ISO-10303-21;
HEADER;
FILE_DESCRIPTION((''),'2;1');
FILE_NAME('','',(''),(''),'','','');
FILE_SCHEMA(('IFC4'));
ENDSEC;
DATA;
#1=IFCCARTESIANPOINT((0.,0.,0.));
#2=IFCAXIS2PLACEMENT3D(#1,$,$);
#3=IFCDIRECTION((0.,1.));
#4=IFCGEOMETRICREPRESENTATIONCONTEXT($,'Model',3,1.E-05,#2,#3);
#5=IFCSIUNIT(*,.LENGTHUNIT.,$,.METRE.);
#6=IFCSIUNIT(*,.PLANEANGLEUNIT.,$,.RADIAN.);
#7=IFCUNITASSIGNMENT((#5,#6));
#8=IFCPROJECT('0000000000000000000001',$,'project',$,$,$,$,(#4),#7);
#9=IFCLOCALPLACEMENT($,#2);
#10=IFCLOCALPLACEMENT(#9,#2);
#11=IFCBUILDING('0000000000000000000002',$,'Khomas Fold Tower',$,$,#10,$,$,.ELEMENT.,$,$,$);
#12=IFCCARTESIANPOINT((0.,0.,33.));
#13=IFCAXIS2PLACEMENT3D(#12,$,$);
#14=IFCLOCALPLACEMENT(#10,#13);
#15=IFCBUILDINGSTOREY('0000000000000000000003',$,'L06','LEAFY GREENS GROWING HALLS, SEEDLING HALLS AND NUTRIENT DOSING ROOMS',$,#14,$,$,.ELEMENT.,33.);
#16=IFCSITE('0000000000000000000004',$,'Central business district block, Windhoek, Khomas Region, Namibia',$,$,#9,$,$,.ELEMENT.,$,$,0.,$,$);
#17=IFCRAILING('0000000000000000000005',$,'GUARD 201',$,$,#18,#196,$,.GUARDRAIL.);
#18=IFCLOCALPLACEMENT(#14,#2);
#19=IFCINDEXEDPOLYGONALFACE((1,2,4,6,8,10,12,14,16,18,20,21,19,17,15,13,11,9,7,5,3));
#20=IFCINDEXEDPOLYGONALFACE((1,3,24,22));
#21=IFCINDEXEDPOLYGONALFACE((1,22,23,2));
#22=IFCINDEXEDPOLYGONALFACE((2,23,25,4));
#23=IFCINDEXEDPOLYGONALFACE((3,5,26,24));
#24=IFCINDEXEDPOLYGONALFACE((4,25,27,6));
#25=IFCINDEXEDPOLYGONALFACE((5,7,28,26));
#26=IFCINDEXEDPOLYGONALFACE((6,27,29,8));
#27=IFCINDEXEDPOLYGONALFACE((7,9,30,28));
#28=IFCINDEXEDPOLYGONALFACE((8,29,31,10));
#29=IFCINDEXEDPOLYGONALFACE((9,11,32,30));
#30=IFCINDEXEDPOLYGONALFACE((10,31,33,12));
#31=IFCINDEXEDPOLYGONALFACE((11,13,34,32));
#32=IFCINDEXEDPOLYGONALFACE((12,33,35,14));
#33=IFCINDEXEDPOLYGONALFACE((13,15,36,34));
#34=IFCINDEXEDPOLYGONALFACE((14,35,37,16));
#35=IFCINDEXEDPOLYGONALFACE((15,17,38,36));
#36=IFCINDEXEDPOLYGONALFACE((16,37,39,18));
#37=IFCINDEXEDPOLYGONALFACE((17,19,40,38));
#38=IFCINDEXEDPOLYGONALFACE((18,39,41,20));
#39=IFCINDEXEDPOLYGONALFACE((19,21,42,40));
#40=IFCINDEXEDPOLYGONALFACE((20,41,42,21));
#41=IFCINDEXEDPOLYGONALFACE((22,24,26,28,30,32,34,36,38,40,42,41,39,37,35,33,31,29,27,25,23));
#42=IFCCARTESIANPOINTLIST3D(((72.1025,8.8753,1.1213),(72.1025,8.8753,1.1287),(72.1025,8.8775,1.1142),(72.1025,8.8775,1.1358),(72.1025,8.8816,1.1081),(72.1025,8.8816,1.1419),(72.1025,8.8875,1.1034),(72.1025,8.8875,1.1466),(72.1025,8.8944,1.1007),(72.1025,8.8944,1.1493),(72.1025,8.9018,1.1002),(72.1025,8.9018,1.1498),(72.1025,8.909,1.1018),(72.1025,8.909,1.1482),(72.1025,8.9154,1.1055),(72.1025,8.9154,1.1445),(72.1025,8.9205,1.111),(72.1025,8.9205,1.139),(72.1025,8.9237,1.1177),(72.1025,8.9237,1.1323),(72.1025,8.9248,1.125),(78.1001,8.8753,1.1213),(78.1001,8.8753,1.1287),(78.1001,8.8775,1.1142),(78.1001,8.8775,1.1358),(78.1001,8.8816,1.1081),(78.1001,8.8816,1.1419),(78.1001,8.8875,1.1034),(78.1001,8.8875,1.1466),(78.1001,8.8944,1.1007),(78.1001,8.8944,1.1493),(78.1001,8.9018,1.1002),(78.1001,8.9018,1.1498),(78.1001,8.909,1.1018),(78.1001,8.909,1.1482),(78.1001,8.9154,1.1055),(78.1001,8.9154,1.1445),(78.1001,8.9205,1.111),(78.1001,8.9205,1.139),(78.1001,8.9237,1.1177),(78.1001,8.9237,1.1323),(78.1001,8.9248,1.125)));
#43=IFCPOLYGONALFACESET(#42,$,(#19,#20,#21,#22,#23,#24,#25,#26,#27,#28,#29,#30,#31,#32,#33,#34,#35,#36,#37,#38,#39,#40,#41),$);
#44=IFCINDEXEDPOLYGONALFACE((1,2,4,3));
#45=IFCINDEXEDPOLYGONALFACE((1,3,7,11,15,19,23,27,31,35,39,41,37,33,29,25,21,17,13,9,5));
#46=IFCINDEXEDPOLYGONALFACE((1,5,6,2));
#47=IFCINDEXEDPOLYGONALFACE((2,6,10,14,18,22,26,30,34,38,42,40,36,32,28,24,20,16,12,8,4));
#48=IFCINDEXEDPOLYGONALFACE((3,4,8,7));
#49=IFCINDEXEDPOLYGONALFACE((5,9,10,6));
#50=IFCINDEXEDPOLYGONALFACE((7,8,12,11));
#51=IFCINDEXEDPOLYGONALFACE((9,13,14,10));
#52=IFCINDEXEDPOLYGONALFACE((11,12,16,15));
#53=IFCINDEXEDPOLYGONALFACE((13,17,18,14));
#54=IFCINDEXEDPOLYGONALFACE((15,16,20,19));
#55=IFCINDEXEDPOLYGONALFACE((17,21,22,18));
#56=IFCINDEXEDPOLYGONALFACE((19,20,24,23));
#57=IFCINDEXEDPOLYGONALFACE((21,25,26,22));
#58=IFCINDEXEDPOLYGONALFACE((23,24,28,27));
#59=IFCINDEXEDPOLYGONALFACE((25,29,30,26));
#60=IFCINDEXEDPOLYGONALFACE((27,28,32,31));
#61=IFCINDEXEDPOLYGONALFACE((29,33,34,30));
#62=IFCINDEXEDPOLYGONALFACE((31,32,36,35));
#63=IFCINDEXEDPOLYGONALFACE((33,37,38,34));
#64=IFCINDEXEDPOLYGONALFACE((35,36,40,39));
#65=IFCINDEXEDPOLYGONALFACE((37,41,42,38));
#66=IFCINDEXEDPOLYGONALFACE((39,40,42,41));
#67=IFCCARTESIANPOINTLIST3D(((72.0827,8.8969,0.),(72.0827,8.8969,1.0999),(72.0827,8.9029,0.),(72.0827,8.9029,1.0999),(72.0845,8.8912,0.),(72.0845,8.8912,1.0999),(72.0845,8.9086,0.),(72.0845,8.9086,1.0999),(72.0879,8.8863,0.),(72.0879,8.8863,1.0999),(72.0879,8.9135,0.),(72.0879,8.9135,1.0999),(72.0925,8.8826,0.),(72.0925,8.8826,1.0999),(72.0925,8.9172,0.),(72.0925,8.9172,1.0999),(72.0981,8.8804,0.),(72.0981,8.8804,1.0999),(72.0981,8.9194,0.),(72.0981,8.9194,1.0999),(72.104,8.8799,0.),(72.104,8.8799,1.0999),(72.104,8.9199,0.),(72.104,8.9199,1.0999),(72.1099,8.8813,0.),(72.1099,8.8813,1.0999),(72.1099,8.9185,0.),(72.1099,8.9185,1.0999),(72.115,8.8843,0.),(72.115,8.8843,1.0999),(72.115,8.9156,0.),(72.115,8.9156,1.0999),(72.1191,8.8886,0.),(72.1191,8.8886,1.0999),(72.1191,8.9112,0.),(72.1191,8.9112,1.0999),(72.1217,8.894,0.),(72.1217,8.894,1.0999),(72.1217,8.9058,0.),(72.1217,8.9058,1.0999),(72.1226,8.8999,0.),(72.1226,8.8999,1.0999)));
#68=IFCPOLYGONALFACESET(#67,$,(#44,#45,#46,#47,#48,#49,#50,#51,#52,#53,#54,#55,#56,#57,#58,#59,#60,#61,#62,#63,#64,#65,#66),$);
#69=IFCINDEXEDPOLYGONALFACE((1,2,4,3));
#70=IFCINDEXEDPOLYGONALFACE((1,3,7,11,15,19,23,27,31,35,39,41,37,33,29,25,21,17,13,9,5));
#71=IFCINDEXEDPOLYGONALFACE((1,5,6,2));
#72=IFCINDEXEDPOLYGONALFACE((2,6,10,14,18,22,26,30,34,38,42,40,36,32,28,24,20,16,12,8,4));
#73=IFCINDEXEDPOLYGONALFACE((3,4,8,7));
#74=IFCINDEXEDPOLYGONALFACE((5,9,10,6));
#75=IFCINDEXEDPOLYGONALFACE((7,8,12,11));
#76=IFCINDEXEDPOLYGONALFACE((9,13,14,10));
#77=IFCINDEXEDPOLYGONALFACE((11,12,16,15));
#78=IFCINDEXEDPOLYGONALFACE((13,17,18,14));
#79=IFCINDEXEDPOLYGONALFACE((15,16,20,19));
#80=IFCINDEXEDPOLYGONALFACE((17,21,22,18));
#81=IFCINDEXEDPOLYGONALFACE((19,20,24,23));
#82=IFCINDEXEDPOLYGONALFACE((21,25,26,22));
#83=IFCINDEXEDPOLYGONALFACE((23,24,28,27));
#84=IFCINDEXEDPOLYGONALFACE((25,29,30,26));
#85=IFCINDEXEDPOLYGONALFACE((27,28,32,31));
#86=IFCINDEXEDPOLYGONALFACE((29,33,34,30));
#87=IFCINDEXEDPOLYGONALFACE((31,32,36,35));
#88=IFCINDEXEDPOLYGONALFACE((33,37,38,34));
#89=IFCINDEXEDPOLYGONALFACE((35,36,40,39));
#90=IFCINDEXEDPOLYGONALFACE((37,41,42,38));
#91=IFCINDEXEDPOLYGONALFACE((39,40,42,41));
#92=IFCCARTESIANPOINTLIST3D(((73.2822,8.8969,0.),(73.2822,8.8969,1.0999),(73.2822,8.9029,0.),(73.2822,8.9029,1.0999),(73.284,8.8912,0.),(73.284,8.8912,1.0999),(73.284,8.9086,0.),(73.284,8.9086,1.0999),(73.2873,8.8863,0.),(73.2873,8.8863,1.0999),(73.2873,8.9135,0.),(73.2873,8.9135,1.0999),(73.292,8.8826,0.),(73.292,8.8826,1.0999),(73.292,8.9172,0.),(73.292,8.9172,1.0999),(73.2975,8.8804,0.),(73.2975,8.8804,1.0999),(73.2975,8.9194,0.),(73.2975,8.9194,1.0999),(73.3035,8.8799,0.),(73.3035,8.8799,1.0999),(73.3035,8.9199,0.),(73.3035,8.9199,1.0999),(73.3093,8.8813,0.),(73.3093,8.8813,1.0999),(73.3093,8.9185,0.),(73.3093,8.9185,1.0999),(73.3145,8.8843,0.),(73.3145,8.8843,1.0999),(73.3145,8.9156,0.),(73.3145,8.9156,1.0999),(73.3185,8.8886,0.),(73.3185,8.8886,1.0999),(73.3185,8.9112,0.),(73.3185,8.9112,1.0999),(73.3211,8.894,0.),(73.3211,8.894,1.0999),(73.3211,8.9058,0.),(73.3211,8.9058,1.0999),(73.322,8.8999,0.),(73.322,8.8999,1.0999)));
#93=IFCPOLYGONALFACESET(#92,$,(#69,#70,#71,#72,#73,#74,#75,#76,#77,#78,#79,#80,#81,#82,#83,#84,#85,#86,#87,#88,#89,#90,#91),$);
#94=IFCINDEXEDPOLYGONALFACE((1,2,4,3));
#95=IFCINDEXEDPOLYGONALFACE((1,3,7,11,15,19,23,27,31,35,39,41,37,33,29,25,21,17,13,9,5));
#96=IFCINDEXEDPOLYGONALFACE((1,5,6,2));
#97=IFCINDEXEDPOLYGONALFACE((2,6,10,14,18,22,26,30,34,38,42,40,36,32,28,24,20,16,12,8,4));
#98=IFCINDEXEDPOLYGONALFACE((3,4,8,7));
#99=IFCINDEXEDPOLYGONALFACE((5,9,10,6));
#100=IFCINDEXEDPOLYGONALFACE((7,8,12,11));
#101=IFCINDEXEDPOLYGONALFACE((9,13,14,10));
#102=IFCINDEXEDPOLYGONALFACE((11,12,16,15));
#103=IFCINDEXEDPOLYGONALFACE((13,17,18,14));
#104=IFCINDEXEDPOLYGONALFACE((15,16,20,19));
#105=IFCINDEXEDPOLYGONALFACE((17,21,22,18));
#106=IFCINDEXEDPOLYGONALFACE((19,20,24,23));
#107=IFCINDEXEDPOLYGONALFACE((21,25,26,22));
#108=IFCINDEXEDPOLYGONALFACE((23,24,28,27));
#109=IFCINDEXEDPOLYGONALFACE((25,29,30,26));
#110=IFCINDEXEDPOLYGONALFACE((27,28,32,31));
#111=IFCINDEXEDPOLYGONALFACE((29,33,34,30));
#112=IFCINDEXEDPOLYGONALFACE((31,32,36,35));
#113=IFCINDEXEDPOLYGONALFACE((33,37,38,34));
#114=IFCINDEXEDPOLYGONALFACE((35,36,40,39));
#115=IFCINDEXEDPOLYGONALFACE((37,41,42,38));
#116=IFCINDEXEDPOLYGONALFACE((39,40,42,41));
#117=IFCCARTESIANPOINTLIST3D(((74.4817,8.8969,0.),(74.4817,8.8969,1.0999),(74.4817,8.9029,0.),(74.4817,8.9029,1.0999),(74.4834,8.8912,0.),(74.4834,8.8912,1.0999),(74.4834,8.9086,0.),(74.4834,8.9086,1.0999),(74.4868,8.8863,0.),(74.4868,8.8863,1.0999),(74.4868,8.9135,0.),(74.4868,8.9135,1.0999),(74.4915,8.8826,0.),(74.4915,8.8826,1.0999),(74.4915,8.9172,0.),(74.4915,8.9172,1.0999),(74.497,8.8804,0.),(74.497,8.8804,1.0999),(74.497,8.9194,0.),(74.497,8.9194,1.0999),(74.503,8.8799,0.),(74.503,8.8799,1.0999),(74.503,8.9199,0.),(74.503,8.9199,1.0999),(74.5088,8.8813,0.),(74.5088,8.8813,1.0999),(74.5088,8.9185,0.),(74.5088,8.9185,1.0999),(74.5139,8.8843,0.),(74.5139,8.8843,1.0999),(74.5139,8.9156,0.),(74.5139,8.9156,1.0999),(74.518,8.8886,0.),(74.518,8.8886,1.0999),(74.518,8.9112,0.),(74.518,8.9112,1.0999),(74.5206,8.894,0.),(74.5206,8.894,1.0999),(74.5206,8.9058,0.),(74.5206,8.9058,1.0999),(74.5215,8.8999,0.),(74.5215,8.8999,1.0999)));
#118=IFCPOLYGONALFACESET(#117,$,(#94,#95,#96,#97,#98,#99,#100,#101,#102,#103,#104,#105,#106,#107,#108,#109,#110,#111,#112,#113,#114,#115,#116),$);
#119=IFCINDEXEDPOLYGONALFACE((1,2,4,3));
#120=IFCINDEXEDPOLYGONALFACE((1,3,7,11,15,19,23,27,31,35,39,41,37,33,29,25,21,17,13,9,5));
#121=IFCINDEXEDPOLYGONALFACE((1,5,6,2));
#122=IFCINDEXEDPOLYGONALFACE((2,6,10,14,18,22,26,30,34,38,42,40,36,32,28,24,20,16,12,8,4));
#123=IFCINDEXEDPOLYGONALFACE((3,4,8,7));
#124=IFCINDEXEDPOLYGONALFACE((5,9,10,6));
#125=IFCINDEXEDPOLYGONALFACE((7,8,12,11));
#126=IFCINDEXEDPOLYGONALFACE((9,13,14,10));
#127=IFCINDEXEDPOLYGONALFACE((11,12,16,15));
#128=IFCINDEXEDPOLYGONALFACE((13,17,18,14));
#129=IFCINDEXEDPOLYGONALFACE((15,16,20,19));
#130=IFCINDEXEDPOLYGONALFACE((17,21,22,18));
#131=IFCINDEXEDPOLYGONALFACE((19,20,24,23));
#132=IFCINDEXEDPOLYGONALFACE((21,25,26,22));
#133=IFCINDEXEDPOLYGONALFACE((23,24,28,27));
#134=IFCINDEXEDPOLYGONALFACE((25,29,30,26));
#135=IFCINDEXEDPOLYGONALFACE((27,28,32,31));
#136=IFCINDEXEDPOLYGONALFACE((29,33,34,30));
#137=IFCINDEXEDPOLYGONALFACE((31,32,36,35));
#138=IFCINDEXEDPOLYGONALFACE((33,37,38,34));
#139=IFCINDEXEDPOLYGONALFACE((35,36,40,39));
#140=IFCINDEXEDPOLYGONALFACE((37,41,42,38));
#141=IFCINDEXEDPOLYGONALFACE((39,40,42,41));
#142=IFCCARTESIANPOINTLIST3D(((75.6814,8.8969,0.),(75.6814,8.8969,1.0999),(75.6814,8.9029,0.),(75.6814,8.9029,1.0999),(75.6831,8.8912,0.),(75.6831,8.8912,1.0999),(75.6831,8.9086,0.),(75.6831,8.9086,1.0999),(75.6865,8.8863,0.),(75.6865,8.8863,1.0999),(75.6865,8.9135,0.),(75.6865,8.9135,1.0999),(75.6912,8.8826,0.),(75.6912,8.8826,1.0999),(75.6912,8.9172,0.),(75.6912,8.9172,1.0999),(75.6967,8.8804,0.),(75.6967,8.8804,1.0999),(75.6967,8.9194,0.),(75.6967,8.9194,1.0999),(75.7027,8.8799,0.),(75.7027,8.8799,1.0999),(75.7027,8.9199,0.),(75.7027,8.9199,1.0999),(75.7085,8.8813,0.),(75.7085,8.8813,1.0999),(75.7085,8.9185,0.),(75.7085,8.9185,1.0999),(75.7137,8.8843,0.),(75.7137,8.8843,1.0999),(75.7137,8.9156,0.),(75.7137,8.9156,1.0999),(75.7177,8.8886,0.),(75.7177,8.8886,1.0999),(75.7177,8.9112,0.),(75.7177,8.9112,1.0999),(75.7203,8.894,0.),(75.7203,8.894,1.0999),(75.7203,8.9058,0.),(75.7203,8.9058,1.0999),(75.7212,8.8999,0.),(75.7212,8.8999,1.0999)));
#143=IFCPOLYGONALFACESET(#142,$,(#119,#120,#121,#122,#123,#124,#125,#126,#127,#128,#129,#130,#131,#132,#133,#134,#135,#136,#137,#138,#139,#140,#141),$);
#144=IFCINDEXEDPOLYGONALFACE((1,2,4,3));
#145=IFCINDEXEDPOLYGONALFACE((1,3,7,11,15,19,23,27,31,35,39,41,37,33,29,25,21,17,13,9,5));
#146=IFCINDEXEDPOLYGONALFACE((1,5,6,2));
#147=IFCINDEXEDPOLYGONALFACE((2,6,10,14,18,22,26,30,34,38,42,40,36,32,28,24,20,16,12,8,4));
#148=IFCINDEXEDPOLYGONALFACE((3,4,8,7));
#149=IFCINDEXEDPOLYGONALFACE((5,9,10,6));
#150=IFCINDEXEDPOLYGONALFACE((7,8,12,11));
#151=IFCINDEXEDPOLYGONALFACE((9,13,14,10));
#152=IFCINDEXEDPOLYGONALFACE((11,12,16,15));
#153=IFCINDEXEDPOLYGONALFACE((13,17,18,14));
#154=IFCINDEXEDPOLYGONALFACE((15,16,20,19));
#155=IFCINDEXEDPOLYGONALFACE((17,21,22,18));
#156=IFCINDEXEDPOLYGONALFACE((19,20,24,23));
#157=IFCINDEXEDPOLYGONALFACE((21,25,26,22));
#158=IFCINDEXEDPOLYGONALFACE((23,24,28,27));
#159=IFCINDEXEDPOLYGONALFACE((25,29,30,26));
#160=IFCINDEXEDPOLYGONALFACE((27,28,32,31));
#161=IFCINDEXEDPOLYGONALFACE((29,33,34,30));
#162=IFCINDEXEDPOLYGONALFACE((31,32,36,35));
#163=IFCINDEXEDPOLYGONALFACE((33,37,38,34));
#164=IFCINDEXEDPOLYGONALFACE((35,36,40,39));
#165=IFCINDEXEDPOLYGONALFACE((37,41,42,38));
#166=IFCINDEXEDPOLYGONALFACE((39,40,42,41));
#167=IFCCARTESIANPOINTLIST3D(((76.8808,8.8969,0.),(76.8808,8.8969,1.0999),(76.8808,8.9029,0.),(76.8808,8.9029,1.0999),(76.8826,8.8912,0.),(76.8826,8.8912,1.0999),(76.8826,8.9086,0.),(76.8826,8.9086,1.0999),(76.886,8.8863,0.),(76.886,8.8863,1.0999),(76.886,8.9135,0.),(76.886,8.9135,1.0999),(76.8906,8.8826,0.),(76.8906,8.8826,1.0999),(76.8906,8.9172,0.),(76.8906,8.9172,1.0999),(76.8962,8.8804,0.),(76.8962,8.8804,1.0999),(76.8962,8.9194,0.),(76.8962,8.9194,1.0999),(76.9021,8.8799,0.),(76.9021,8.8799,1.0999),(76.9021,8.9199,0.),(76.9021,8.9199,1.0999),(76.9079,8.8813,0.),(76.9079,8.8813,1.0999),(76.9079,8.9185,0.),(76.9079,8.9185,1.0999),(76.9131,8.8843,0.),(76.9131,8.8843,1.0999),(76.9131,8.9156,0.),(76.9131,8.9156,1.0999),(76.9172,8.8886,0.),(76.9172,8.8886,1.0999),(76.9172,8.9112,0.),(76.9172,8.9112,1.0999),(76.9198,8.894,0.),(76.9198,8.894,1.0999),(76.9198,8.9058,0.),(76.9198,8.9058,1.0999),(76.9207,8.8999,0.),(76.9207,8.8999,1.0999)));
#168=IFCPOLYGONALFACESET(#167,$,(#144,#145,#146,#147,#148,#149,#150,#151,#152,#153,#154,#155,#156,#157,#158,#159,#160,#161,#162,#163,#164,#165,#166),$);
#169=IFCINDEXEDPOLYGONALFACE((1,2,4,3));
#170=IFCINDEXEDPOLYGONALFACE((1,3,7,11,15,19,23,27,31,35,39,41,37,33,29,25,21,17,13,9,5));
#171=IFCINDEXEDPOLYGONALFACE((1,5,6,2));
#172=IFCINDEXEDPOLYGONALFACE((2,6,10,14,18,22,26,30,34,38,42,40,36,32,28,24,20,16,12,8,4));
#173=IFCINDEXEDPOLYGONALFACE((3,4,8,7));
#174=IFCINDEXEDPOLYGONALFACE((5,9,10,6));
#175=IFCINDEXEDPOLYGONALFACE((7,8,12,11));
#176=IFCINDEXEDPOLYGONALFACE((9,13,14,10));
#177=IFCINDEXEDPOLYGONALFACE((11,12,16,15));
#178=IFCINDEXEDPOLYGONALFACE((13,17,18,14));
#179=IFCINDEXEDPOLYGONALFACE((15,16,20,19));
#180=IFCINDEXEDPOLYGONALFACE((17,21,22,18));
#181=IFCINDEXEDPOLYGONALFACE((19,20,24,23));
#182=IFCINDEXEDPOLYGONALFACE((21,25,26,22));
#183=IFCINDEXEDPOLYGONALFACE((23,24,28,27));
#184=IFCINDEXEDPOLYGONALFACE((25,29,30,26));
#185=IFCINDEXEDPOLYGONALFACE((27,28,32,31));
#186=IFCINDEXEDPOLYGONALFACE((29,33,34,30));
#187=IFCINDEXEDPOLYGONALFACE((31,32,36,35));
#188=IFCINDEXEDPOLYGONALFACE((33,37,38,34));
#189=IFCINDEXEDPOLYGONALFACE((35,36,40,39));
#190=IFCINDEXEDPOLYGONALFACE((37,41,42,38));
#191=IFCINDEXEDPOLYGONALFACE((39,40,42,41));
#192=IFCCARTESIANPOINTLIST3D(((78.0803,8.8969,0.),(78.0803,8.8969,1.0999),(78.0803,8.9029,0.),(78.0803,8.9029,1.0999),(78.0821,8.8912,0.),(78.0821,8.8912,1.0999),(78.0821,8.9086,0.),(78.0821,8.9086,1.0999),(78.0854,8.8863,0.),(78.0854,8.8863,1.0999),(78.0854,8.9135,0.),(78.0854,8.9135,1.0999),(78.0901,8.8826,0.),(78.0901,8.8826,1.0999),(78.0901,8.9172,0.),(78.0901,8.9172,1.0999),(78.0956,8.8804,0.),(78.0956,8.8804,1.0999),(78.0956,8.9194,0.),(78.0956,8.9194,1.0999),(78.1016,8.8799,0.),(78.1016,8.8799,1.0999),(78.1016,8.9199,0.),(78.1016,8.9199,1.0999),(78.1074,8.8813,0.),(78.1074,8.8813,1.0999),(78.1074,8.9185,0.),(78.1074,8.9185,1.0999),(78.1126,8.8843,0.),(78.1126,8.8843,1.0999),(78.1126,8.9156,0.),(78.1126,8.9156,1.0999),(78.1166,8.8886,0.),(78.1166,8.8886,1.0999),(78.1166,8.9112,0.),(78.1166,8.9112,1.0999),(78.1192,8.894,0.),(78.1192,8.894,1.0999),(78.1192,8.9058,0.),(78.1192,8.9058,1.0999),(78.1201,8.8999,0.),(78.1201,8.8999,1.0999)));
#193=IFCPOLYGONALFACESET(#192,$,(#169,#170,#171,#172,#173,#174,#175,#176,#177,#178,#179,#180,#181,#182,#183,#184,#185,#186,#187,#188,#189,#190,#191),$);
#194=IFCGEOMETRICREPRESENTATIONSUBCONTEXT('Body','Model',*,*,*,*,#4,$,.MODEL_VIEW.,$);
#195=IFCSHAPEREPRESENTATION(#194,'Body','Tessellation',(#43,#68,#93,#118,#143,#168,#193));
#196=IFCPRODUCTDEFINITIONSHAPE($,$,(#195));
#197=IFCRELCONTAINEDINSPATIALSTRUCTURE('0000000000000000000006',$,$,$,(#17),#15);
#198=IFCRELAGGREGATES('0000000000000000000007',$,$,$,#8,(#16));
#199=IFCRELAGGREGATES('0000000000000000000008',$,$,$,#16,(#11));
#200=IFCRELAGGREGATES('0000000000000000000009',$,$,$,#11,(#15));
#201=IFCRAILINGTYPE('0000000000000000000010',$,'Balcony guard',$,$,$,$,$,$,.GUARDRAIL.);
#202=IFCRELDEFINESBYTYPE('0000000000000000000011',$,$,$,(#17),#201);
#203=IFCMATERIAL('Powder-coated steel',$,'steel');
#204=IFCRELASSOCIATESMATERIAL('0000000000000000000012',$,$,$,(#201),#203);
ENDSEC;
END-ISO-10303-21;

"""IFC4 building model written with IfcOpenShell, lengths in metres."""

from ifc_helpers import new_model, si_unit, direction, frame, origin, origin_2d, place, context, subcontext, project, spatial, circle, extrude, source, transform, mapped, material, type_object, element, save


model = new_model("IFC4")

# Units and contexts
model_context = context("Model", 3, precision=1e-05, world=origin(), true_north=direction((0.0, 1.0)))
body_context = subcontext(model_context, "Body", "Model", "MODEL_VIEW")
ifc_project = project(units=[si_unit("LENGTHUNIT", "METRE"), si_unit("PLANEANGLEUNIT", "RADIAN")], contexts=[model_context])

# Site, building, storey
site_placement = place(None, origin())
site = spatial("IfcSite", under=ifc_project, at=site_placement, Name="Central business district block, Windhoek, Khomas Region, Namibia", CompositionType="ELEMENT", RefElevation=0.0)
building_placement = place(site_placement, origin())
building = spatial("IfcBuilding", under=site, at=building_placement, Name="Khomas Fold Tower", CompositionType="ELEMENT")
storey_placement = place(building_placement, frame((0.0, 0.0, 33.0)))
storey = spatial("IfcBuildingStorey", under=building, at=storey_placement, Name="L06", Description="LEAFY GREENS GROWING HALLS, SEEDLING HALLS AND NUTRIENT DOSING ROOMS", CompositionType="ELEMENT", Elevation=33.0)

# Railing
ifc_material_1 = material(Name="Powder-coated steel", Category="steel")
railing_type_1 = type_object("IfcRailingType", Name="Balcony guard", PredefinedType="GUARDRAIL", material=ifc_material_1)
shared_shape_1 = source(origin(), body_context, "Body", "SweptSolid", [
    extrude(circle(Radius=0.0249, at=origin_2d()), frame((0.0, 0.0, 1.125), z_axis=(1.0, 0.0, 0.0), x_axis=(0.0, 1.0, 0.0)), (0.0, 0.0, 1.0), 5.9976),
    extrude(circle(Radius=0.02, at=origin_2d()), origin(), (0.0, 0.0, 1.0), 1.0999),
    extrude(circle(Radius=0.02, at=origin_2d()), frame((1.1995, 0.0, 0.0)), (0.0, 0.0, 1.0), 1.0999),
    extrude(circle(Radius=0.02, at=origin_2d()), frame((2.3989, 0.0, 0.0)), (0.0, 0.0, 1.0), 1.0999),
    extrude(circle(Radius=0.02, at=origin_2d()), frame((3.5986, 0.0, 0.0)), (0.0, 0.0, 1.0), 1.0999),
    extrude(circle(Radius=0.02, at=origin_2d()), frame((4.7981, 0.0, 0.0)), (0.0, 0.0, 1.0), 1.0999),
    extrude(circle(Radius=0.02, at=origin_2d()), frame((5.9976, 0.0, 0.0)), (0.0, 0.0, 1.0), 1.0999),
])
railing_1_placement = place(storey_placement, frame((72.1025, 8.8999, 0.0)))
element("IfcRailing", 1, at=railing_1_placement, inside=storey, type_object=railing_type_1, Name="GUARD 201", PredefinedType="GUARDRAIL", context=body_context, shape_type="MappedRepresentation", body=[
    mapped(shared_shape_1, transform((0.0, 0.0, 0.0))),
])

save(model, "model.ifc")
